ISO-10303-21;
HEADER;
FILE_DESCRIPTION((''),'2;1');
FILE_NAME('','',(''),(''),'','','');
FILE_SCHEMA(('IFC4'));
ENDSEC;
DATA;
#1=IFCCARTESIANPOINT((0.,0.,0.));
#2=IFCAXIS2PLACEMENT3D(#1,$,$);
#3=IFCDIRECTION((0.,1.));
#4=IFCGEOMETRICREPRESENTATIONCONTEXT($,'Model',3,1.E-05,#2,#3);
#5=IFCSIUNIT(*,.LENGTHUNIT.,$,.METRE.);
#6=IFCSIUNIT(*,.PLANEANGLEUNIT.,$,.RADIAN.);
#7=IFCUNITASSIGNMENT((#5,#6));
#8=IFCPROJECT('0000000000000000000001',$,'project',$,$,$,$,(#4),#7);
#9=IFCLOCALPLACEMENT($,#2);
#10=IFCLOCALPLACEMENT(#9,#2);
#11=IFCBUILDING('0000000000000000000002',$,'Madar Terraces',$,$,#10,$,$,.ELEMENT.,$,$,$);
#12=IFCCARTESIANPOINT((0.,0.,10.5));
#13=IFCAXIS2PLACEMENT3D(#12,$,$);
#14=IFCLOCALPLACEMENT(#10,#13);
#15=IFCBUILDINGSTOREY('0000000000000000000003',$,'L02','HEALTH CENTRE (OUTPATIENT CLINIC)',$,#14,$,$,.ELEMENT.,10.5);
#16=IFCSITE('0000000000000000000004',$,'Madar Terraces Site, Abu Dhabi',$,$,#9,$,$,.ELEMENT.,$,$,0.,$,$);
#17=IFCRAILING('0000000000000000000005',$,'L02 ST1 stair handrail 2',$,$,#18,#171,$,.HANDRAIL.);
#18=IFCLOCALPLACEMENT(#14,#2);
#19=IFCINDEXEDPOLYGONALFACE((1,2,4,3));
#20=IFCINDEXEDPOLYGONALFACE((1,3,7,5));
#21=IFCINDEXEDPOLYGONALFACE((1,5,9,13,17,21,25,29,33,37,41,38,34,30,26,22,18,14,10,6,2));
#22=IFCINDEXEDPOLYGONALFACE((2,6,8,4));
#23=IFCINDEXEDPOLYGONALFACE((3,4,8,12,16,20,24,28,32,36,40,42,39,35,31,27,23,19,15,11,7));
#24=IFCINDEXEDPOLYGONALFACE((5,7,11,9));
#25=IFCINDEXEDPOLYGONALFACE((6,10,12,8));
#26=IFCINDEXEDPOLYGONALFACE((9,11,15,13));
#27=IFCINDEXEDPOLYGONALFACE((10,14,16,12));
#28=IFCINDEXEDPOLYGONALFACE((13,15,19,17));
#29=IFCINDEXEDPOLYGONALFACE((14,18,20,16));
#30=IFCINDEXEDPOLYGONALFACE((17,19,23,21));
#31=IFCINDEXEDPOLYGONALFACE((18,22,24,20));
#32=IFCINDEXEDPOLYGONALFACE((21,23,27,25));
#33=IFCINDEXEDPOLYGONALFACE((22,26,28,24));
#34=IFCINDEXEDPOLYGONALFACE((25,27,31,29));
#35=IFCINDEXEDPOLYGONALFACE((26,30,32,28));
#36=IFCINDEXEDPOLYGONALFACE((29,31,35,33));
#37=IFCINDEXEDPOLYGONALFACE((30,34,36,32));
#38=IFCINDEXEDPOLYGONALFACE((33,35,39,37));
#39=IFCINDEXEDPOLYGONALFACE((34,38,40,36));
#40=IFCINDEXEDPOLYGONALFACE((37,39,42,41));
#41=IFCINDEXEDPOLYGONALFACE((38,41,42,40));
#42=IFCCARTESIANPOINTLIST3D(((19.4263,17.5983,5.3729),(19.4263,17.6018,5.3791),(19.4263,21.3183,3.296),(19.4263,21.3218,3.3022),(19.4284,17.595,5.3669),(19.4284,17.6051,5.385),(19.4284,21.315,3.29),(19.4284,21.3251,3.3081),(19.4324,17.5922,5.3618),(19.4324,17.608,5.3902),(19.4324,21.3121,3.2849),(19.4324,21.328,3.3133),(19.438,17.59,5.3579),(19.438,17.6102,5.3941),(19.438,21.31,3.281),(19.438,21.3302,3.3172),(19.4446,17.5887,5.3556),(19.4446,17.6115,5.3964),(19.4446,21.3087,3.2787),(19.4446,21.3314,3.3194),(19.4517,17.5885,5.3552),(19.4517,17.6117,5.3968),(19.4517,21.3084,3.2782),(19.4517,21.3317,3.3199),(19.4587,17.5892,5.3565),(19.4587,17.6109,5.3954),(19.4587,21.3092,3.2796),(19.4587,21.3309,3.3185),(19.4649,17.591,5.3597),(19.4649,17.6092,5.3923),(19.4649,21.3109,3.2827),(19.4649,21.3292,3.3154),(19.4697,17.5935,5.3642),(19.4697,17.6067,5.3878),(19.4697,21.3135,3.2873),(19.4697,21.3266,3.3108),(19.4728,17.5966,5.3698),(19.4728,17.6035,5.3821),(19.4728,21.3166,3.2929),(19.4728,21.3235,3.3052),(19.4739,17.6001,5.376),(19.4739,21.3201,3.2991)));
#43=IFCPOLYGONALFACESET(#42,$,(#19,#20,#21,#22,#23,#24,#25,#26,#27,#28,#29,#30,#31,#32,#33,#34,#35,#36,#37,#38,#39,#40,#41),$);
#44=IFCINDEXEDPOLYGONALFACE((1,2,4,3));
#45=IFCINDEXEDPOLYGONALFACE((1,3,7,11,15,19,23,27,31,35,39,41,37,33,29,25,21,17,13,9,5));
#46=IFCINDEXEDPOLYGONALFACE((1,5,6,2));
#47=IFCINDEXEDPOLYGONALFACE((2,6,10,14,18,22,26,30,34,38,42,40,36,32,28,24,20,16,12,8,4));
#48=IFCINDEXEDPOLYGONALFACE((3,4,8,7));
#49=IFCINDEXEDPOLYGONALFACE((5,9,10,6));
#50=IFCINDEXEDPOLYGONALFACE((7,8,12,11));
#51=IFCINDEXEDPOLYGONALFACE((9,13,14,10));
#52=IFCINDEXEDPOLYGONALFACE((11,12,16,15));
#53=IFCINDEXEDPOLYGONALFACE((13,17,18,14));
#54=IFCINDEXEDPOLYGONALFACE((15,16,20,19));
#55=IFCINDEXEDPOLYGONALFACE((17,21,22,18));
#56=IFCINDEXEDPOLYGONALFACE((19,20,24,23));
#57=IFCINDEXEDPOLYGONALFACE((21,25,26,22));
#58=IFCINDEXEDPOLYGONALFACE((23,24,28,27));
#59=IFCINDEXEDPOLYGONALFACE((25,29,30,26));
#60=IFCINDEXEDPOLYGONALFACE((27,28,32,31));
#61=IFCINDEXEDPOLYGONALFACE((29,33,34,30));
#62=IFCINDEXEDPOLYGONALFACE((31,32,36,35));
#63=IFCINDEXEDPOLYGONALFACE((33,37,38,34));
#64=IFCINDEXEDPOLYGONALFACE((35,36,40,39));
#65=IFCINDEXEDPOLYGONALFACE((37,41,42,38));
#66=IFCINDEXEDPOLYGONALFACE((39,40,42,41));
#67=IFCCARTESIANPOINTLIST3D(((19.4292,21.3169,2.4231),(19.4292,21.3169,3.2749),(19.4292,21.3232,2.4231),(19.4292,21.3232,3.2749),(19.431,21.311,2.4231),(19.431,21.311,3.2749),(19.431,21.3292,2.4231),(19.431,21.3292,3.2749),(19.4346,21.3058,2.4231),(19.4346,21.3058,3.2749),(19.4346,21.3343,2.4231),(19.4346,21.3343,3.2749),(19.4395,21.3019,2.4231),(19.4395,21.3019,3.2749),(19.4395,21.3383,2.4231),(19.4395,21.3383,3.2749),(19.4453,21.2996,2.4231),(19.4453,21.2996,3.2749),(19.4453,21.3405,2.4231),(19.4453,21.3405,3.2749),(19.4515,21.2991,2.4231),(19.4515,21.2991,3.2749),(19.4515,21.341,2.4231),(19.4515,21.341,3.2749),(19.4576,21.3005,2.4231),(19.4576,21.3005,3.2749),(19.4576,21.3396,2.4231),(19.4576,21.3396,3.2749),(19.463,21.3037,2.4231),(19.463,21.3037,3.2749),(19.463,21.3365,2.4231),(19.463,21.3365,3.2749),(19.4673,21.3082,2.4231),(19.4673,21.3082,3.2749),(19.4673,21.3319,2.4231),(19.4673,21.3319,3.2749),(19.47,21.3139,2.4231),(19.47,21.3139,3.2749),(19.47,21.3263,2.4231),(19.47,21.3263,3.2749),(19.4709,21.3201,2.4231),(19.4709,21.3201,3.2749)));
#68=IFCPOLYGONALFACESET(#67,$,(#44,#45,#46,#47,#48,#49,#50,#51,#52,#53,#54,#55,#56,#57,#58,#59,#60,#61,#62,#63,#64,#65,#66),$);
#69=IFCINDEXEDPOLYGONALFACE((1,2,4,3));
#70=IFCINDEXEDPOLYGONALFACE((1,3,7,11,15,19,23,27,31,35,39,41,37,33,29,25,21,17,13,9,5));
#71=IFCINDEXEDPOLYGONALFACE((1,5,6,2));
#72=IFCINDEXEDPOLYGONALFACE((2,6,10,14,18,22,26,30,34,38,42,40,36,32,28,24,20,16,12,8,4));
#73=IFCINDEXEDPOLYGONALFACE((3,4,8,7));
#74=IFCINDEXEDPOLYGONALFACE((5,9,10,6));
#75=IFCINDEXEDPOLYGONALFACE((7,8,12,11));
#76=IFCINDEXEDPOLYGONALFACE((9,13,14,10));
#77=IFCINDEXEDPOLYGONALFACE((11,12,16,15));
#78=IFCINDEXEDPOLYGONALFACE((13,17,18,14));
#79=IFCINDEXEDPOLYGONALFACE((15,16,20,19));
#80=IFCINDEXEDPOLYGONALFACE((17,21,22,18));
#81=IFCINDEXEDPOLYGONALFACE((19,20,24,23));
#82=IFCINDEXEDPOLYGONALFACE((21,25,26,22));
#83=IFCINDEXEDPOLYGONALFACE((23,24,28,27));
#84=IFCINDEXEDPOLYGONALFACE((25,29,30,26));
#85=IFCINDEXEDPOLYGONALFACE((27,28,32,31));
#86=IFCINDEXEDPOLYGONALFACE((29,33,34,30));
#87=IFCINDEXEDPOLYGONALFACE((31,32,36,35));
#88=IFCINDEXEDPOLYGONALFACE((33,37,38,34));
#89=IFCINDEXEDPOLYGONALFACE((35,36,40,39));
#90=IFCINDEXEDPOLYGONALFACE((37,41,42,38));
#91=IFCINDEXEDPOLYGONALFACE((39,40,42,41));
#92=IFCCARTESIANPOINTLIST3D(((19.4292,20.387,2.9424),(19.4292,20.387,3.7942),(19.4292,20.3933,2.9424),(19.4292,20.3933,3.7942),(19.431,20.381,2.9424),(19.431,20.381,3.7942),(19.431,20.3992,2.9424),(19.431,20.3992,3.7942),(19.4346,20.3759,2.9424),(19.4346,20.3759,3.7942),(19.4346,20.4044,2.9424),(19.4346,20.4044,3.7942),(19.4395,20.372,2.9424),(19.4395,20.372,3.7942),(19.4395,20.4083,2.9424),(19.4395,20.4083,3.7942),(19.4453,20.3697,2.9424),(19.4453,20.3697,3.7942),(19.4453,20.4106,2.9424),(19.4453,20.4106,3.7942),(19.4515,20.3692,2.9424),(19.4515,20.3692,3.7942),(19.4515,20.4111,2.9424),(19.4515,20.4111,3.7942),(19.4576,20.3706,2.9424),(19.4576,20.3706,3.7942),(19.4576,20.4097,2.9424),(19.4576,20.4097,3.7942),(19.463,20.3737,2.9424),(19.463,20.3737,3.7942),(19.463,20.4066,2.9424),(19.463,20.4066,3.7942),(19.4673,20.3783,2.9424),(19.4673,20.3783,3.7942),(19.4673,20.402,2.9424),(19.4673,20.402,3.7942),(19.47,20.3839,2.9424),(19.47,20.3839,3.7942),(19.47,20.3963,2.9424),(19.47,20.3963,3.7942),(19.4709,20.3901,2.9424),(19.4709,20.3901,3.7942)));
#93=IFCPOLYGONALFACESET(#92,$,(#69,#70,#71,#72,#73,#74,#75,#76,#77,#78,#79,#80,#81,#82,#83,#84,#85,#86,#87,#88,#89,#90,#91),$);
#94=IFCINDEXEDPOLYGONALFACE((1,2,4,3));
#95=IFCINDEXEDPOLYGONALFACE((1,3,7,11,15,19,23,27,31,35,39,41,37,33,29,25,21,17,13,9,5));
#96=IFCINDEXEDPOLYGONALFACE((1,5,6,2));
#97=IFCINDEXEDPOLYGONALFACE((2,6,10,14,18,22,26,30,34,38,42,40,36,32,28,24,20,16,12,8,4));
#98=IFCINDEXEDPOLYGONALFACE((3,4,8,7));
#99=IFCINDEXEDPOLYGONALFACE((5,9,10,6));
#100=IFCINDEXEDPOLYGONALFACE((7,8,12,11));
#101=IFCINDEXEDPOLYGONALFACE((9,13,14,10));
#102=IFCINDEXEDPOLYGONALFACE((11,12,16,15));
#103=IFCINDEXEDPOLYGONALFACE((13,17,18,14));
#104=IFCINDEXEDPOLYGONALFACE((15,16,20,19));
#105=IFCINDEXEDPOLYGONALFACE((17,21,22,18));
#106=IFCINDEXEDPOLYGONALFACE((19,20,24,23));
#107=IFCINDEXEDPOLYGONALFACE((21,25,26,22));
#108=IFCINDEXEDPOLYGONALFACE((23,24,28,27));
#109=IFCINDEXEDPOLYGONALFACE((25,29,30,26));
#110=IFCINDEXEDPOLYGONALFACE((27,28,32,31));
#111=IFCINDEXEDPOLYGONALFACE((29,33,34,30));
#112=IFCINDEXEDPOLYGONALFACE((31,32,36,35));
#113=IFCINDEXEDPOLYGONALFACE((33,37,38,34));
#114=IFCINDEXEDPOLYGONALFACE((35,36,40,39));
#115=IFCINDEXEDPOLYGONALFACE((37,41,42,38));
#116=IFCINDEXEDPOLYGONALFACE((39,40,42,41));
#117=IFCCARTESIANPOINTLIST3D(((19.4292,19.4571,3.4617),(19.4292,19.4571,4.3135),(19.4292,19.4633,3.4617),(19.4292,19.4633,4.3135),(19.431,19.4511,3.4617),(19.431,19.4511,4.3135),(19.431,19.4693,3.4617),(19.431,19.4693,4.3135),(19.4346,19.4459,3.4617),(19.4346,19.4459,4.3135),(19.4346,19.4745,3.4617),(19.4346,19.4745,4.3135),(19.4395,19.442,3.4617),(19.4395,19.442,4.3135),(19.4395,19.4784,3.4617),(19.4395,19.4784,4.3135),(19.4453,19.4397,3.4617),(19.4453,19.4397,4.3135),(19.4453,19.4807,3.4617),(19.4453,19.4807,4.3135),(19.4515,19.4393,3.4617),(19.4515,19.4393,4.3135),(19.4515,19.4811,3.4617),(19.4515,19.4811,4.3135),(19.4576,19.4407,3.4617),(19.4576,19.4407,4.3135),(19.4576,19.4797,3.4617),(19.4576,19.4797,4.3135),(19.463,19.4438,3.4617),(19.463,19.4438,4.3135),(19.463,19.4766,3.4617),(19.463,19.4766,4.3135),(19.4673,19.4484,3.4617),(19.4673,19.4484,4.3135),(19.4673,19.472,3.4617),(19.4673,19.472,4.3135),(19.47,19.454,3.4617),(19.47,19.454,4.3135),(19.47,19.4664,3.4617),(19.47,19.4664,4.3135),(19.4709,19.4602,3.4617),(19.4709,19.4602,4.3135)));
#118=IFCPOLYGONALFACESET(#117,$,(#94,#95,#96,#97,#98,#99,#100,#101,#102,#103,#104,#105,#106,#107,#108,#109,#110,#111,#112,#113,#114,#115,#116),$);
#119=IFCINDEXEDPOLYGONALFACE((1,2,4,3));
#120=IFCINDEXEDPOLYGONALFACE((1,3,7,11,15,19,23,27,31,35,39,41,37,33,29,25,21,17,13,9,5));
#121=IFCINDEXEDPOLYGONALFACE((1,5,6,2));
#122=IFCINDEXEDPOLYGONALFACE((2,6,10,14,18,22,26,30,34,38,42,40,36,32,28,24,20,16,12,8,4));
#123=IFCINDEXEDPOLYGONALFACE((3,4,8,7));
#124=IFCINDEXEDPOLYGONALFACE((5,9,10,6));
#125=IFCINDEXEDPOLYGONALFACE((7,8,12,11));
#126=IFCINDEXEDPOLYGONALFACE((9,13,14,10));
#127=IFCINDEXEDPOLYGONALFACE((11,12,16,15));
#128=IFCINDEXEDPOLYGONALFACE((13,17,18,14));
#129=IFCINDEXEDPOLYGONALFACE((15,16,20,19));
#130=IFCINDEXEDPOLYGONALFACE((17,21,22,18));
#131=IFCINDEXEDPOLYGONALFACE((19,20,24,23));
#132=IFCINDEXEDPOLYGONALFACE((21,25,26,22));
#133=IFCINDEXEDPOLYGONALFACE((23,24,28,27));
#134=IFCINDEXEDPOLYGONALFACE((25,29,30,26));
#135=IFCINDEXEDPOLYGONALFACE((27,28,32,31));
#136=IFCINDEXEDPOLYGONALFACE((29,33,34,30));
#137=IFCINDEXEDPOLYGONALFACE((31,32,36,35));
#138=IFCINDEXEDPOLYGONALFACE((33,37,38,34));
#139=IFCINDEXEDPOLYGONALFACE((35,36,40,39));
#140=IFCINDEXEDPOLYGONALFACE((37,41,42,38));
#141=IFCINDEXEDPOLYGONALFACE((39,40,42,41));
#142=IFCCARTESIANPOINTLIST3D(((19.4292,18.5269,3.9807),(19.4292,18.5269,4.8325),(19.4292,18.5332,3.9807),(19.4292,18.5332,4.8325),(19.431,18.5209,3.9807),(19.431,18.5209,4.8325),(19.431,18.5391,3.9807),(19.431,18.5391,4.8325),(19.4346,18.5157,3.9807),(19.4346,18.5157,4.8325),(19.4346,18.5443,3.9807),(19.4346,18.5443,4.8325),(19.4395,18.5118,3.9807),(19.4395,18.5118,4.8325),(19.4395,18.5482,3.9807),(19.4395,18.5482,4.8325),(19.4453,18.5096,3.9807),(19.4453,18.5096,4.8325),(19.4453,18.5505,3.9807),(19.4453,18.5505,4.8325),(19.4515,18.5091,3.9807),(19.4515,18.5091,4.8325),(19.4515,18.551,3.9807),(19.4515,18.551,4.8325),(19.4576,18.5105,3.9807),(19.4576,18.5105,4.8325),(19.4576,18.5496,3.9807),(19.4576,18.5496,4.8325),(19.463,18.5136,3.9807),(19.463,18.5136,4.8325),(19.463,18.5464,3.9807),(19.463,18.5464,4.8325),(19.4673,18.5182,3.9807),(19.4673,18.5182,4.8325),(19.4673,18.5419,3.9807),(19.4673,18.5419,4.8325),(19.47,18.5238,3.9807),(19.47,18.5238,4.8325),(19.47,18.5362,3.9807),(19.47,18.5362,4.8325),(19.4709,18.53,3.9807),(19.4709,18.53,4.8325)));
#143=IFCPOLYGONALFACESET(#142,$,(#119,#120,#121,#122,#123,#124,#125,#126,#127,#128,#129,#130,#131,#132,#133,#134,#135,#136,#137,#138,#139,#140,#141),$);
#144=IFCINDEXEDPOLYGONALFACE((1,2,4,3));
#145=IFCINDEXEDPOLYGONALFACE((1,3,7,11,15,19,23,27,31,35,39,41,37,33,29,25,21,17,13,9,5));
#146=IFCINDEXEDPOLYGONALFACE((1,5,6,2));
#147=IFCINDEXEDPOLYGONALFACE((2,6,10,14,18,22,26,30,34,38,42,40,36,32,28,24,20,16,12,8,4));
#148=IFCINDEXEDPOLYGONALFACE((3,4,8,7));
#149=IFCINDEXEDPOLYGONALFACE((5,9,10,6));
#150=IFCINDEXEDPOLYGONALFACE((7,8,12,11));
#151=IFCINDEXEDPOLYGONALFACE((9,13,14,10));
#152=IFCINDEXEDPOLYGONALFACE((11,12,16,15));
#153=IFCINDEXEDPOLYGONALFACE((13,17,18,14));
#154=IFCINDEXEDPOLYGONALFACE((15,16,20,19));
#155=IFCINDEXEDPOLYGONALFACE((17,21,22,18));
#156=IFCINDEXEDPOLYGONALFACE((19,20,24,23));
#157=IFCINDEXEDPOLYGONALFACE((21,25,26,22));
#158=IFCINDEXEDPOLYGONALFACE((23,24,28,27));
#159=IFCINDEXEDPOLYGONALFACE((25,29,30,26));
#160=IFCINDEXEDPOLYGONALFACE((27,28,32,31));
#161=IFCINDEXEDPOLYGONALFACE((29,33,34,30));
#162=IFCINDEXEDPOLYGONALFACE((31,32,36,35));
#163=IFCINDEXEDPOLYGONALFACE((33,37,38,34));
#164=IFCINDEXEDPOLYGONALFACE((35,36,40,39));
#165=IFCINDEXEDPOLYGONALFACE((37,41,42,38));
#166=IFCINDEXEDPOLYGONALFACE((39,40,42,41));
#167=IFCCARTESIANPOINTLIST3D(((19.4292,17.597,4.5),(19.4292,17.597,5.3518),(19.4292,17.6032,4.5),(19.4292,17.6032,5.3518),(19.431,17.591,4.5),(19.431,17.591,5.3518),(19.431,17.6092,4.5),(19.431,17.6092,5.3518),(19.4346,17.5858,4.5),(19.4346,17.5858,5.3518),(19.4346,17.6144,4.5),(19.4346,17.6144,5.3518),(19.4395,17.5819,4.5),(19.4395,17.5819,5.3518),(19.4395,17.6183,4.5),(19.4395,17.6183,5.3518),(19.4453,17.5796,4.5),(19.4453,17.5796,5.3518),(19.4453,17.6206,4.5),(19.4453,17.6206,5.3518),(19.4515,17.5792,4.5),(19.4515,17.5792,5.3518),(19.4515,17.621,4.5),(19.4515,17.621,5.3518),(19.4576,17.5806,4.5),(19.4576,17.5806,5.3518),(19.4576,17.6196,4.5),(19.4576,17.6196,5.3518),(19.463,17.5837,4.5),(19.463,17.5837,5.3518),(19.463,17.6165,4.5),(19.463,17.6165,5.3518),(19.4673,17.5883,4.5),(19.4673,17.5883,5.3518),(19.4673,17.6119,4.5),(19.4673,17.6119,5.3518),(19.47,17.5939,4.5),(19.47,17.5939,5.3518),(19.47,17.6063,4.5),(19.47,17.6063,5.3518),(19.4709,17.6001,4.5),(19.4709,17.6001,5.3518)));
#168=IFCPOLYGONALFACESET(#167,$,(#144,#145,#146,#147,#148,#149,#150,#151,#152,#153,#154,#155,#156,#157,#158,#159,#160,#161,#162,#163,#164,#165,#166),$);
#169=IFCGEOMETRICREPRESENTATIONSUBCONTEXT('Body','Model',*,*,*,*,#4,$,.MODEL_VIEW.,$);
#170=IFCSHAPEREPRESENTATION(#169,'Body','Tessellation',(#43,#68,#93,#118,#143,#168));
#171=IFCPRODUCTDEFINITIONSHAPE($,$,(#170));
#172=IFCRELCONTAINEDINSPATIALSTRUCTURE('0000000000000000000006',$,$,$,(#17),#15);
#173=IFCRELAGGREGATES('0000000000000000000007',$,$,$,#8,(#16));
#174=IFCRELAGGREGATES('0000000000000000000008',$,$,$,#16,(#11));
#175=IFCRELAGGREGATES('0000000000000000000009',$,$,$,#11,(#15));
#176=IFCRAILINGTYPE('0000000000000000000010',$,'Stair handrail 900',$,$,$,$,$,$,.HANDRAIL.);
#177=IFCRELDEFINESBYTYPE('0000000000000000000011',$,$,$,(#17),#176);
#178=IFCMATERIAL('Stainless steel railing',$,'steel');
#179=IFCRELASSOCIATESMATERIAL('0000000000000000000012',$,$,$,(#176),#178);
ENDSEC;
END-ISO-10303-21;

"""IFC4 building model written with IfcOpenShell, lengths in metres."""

from ifc_helpers import new_model, si_unit, direction, frame, origin, origin_2d, place, context, subcontext, project, spatial, circle, extrude, material, type_object, element, save


model = new_model("IFC4")

# Units and contexts
model_context = context("Model", 3, precision=1e-05, world=origin(), true_north=direction((0.0, 1.0)))
body_context = subcontext(model_context, "Body", "Model", "MODEL_VIEW")
ifc_project = project(units=[si_unit("LENGTHUNIT", "METRE"), si_unit("PLANEANGLEUNIT", "RADIAN")], contexts=[model_context])

# Site, building, storey
site_placement = place(None, origin())
site = spatial("IfcSite", under=ifc_project, at=site_placement, Name="Madar Terraces Site, Abu Dhabi", CompositionType="ELEMENT", RefElevation=0.0)
building_placement = place(site_placement, origin())
building = spatial("IfcBuilding", under=site, at=building_placement, Name="Madar Terraces", CompositionType="ELEMENT")
storey_placement = place(building_placement, frame((0.0, 0.0, 10.5)))
storey = spatial("IfcBuildingStorey", under=building, at=storey_placement, Name="L02", Description="HEALTH CENTRE (OUTPATIENT CLINIC)", CompositionType="ELEMENT", Elevation=10.5)

# Railing
ifc_material_1 = material(Name="Stainless steel railing", Category="steel")
railing_type_1 = type_object("IfcRailingType", Name="Stair handrail 900", PredefinedType="HANDRAIL", material=ifc_material_1)
railing_1_placement = place(storey_placement, frame((19.45, 21.3201, 2.4231)))
element("IfcRailing", 1, at=railing_1_placement, inside=storey, type_object=railing_type_1, Name="L02 ST1 stair handrail 2", PredefinedType="HANDRAIL", context=body_context, shape_type="SweptSolid", body=[
    extrude(circle(Radius=0.0239, at=origin_2d()), frame((0.0, 0.0, 0.876), z_axis=(0.0, -0.873134, 0.487481), x_axis=(1.0, 0.0, 0.0)), (0.0, 0.0, 1.0), 4.2605),
    extrude(circle(Radius=0.021, at=origin_2d()), origin(), (0.0, 0.0, 1.0), 0.8518),
    extrude(circle(Radius=0.021, at=origin_2d()), frame((0.0, -0.9299, 0.5193)), (0.0, 0.0, 1.0), 0.8518),
    extrude(circle(Radius=0.021, at=origin_2d()), frame((0.0, -1.8599, 1.0386)), (0.0, 0.0, 1.0), 0.8518),
    extrude(circle(Radius=0.021, at=origin_2d()), frame((0.0, -2.79, 1.5576)), (0.0, 0.0, 1.0), 0.8518),
    extrude(circle(Radius=0.021, at=origin_2d()), frame((0.0, -3.72, 2.0769)), (0.0, 0.0, 1.0), 0.8518),
])

save(model, "model.ifc")
